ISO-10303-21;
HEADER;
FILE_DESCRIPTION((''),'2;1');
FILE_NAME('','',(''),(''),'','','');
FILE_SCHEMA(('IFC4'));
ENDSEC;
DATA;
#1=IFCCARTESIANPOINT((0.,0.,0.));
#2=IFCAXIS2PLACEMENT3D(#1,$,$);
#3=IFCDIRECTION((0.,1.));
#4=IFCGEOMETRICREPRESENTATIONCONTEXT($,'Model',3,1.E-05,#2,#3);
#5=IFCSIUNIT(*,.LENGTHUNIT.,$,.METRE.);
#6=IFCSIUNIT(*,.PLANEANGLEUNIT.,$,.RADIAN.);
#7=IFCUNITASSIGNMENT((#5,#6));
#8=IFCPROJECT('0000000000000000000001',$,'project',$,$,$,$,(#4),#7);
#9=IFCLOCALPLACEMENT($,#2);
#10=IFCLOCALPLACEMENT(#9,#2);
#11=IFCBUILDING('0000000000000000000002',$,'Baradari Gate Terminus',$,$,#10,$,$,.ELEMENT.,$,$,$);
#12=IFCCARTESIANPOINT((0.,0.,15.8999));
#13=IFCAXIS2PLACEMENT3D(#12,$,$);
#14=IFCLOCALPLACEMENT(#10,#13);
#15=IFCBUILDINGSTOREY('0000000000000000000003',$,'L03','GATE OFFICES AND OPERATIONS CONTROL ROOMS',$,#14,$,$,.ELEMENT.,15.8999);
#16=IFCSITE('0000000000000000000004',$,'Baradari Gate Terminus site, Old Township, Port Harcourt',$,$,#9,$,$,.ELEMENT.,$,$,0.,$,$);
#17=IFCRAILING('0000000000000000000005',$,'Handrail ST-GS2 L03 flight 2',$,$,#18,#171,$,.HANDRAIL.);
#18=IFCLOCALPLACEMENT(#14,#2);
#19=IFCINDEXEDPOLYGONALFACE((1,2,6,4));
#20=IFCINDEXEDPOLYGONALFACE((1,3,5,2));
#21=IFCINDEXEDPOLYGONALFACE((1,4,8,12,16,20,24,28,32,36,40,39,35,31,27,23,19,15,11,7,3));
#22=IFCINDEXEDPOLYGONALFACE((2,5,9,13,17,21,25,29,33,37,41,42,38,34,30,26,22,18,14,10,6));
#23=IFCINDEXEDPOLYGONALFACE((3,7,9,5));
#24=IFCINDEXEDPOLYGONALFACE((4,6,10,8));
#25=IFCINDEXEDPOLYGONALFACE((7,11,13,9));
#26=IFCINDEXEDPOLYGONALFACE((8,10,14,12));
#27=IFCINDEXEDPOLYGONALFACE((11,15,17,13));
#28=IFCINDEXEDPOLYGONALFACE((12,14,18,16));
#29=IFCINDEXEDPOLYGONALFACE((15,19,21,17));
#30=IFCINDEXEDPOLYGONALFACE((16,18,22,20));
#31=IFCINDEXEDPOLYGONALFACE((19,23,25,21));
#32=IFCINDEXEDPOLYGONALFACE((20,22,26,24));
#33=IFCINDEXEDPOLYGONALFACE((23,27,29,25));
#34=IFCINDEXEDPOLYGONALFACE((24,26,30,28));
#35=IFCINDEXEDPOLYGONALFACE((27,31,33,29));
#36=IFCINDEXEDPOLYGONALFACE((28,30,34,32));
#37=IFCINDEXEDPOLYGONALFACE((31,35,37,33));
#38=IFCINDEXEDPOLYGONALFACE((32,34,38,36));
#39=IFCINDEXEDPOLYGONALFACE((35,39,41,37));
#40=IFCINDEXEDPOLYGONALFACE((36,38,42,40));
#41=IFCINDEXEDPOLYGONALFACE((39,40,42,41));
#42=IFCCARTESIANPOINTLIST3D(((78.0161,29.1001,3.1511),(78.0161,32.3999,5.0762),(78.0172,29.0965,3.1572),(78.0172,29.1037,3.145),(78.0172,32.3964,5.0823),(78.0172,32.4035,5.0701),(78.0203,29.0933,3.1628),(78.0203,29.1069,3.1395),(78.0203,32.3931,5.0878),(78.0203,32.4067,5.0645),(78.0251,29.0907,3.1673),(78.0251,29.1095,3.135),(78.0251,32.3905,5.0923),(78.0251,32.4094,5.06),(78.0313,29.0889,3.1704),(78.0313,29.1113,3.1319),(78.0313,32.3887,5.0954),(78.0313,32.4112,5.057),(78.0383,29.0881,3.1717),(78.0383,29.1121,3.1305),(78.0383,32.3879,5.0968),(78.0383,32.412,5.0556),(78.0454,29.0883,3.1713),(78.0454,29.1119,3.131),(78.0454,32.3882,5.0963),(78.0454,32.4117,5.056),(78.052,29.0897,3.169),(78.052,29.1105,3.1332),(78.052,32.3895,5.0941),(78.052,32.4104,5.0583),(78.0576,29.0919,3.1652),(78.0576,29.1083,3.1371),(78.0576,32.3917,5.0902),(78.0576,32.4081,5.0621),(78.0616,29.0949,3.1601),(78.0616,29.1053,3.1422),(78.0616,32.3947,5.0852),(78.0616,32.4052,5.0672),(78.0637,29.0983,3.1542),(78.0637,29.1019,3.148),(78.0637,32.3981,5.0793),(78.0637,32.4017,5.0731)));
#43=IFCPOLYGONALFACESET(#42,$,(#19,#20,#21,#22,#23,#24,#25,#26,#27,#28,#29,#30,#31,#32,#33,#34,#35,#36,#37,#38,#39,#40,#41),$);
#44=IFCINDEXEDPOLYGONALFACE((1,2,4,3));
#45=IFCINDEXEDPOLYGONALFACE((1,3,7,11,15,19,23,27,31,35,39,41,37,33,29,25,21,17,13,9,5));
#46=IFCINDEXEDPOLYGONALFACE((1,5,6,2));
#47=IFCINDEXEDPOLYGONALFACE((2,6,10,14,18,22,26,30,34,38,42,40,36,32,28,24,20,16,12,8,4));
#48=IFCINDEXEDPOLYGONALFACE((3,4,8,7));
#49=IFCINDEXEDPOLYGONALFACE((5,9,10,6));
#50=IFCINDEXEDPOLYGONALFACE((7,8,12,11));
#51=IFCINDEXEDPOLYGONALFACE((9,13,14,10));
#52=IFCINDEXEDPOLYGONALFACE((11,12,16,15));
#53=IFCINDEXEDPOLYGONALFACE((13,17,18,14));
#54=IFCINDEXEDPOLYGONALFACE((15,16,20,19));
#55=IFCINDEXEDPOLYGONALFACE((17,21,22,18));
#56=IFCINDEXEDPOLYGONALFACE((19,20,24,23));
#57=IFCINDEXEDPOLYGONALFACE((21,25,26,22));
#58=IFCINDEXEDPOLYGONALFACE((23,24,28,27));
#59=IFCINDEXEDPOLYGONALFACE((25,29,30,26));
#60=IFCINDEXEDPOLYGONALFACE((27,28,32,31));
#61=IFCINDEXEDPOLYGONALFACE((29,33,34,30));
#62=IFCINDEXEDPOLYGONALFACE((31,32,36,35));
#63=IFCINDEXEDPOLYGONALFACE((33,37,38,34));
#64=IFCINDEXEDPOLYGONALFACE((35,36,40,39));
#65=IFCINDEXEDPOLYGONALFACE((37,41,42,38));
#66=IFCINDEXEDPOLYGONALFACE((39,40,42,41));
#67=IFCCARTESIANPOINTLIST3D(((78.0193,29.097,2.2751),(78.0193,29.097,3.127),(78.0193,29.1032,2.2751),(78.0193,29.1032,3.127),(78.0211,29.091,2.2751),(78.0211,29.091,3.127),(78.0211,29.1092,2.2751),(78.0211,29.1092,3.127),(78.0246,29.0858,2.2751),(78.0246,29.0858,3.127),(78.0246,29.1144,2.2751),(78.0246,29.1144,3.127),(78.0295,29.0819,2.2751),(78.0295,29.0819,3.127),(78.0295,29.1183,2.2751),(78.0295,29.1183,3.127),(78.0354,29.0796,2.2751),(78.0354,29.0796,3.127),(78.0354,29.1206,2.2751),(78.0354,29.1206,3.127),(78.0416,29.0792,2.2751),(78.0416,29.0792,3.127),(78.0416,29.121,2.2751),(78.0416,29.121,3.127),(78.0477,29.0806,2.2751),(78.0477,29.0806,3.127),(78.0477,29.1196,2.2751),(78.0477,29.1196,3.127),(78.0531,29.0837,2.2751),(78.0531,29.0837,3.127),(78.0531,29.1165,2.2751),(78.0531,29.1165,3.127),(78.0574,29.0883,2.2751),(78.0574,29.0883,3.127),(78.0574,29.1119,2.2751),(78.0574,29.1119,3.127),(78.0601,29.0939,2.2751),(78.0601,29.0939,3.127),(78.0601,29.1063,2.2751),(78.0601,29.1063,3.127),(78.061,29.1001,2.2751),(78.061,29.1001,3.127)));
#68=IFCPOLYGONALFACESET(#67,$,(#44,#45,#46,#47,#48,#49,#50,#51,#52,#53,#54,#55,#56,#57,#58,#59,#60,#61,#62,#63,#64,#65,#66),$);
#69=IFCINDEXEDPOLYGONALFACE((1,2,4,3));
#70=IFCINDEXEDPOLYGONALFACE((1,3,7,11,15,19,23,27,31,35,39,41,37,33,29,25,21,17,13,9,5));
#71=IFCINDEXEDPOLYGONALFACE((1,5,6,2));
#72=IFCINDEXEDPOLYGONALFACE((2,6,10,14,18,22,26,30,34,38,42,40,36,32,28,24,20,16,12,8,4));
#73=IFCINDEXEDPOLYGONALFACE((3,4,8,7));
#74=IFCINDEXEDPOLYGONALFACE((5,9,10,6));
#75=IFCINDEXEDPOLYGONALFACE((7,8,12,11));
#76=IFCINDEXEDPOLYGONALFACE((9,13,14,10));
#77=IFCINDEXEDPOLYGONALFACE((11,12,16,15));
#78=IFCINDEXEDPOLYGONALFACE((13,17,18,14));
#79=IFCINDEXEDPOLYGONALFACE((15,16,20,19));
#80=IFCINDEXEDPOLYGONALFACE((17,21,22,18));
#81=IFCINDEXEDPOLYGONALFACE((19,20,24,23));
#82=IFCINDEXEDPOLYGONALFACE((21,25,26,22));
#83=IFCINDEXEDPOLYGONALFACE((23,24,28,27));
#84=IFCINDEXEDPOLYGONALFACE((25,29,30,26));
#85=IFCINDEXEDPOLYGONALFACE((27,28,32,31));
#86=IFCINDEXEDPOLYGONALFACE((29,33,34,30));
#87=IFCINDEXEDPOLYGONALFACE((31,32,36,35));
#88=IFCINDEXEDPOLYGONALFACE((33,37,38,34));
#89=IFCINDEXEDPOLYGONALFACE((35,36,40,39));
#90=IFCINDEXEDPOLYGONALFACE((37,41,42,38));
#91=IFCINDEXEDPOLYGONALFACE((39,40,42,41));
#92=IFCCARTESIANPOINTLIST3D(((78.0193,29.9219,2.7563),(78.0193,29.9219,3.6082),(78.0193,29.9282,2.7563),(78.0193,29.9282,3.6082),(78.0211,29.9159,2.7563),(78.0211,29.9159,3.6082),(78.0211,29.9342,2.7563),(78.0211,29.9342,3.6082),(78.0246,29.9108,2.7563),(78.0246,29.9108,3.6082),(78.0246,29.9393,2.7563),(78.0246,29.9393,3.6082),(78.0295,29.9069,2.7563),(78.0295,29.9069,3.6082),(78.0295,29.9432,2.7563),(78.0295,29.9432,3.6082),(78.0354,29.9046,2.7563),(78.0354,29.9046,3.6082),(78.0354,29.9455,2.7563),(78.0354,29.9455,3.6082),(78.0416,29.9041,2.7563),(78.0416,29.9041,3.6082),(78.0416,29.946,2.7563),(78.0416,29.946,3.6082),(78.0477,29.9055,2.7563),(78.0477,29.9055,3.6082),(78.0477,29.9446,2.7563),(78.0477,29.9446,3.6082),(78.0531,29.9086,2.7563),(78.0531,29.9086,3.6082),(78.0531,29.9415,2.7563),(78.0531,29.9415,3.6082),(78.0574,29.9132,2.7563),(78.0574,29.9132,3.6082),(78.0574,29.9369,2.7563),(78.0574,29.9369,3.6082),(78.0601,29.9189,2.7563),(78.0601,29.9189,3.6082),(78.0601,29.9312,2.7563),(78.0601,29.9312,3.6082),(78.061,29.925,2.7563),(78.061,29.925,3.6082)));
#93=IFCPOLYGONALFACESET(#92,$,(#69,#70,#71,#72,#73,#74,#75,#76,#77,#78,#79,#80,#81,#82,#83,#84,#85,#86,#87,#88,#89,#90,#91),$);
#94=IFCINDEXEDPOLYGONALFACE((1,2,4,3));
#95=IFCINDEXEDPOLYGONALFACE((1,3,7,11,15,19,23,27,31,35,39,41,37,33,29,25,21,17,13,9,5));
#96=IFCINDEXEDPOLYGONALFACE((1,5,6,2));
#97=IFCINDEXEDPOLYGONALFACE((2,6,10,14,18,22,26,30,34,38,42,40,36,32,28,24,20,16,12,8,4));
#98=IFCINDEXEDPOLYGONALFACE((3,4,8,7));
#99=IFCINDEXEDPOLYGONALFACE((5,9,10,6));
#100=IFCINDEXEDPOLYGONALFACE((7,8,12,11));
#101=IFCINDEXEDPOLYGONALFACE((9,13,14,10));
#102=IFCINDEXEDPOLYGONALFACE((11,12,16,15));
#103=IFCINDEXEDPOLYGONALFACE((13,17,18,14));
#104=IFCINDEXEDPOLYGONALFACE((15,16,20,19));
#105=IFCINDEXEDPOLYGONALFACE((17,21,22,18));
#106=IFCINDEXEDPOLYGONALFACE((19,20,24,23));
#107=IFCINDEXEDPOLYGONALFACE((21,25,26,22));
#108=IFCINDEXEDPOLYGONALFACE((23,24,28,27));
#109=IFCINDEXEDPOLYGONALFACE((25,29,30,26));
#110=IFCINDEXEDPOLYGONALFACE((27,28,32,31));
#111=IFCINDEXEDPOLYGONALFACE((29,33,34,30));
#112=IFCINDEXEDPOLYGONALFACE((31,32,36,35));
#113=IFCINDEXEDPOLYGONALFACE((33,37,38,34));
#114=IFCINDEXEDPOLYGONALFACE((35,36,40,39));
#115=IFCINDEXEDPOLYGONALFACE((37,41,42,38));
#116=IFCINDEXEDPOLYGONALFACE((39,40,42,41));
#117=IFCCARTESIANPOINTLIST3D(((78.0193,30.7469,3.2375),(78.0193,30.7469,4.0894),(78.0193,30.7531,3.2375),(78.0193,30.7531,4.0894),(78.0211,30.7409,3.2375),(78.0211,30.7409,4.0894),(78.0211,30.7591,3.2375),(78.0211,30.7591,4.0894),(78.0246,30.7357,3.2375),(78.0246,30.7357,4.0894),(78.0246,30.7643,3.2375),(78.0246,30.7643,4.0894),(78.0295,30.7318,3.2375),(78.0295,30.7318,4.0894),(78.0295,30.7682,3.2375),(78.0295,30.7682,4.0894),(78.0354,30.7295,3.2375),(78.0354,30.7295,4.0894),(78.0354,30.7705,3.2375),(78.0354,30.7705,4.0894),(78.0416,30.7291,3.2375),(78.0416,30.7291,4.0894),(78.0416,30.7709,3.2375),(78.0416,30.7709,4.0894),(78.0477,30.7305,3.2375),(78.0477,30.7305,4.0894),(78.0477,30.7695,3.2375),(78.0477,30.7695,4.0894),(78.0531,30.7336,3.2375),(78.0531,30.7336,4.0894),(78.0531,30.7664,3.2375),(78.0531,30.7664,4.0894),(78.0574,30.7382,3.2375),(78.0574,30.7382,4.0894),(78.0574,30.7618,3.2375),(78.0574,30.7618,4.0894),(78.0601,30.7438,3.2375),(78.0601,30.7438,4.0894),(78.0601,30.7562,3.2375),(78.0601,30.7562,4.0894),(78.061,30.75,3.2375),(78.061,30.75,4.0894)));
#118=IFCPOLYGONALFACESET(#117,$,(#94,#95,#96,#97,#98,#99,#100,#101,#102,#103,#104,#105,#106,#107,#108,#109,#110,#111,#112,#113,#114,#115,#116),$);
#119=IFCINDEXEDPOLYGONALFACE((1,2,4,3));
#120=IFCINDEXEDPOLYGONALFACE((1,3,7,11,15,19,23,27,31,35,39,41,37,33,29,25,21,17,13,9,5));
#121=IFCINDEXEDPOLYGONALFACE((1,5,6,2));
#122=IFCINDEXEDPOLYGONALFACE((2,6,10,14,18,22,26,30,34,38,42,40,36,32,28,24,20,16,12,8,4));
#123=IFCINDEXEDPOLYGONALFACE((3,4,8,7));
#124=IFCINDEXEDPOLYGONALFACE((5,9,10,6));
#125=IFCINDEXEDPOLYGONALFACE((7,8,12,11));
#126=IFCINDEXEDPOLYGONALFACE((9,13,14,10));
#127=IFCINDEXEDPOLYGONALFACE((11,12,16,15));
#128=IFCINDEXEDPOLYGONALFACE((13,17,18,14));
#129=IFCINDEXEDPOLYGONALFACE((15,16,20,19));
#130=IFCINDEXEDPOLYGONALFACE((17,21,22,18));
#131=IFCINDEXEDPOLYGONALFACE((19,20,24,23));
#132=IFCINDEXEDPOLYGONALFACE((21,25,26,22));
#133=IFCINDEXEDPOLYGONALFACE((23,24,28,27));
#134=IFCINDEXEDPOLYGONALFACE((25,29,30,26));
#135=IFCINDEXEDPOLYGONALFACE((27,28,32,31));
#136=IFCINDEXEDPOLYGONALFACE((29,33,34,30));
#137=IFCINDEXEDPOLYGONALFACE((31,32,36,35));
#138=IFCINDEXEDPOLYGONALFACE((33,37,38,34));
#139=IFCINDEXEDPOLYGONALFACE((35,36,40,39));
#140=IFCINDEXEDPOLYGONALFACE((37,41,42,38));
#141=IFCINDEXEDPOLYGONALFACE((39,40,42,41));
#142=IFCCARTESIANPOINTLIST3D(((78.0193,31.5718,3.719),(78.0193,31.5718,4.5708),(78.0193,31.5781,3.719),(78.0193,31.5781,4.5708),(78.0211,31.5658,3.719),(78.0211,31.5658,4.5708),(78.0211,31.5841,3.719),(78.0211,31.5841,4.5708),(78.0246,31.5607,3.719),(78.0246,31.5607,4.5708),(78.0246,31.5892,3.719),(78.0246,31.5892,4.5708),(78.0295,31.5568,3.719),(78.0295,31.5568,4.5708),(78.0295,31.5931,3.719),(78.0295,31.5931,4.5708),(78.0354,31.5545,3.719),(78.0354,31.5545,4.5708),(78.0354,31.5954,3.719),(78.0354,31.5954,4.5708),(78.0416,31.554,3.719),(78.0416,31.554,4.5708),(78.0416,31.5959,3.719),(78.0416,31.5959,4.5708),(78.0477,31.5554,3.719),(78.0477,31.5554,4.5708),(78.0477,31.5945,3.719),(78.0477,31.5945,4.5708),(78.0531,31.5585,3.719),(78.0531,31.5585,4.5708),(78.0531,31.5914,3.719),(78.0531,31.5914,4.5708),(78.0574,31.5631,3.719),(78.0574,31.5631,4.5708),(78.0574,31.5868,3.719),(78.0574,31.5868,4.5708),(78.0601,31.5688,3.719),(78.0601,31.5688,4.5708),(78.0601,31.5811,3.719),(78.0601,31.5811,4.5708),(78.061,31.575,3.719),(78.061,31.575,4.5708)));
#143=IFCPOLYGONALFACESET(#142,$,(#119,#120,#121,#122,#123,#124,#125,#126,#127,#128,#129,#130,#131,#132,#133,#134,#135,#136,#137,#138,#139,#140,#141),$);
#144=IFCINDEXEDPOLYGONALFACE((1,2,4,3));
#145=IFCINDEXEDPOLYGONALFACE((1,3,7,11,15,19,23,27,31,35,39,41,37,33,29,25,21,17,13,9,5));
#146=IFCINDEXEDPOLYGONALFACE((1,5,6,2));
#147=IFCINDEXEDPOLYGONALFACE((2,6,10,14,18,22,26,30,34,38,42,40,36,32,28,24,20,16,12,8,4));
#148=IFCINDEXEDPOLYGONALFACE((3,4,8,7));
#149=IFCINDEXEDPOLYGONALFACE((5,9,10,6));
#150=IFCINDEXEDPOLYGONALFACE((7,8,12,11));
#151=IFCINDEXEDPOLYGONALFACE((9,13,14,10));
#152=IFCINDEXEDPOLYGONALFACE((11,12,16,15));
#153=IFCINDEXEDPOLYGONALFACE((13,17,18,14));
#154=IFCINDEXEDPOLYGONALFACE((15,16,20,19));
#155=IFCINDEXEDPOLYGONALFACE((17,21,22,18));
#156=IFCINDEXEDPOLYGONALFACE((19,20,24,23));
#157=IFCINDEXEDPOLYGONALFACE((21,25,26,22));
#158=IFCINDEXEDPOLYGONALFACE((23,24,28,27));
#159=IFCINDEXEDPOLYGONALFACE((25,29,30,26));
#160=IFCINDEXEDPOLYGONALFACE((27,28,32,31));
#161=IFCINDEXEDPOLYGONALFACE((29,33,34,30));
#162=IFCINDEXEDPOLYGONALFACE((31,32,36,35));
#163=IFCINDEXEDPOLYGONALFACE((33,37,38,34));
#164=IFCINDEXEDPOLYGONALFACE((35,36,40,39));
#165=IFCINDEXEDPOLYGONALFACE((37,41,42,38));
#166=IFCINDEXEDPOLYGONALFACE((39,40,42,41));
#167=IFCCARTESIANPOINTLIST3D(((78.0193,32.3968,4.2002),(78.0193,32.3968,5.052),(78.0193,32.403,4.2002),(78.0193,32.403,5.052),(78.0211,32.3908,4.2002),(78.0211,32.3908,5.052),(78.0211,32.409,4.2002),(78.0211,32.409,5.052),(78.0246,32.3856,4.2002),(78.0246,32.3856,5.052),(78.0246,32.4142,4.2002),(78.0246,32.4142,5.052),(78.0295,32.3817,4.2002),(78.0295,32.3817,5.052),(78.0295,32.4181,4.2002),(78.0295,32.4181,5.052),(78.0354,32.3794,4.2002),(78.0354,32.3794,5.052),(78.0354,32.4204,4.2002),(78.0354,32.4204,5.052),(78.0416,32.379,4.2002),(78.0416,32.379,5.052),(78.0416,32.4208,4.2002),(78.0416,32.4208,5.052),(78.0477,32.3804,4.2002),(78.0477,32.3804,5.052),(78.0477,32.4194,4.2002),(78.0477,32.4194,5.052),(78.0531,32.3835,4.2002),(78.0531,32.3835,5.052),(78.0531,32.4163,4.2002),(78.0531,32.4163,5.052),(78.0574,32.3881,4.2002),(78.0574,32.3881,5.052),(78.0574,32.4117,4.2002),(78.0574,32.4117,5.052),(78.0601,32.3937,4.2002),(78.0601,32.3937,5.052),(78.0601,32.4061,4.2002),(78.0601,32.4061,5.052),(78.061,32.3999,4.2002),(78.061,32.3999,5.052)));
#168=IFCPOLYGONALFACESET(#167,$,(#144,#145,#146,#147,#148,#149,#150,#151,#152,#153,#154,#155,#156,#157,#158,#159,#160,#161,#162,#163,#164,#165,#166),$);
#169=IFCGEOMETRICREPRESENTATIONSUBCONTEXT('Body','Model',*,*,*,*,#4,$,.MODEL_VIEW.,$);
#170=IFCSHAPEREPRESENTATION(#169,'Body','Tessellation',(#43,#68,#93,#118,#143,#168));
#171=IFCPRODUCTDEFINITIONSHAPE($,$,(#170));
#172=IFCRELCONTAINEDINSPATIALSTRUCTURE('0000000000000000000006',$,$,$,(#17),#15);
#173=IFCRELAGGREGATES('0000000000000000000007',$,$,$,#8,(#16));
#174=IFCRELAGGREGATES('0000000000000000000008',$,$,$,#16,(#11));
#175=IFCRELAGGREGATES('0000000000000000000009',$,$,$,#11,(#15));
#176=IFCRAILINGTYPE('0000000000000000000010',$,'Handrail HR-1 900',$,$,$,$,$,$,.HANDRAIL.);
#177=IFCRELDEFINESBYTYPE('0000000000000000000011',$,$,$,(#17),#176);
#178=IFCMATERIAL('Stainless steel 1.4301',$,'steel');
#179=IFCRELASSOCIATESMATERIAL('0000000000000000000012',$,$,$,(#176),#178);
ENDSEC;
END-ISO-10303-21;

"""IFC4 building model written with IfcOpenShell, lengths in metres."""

from ifc_helpers import new_model, si_unit, direction, frame, origin, origin_2d, place, context, subcontext, project, spatial, circle, extrude, material, type_object, element, save


model = new_model("IFC4")

# Units and contexts
model_context = context("Model", 3, precision=1e-05, world=origin(), true_north=direction((0.0, 1.0)))
body_context = subcontext(model_context, "Body", "Model", "MODEL_VIEW")
ifc_project = project(units=[si_unit("LENGTHUNIT", "METRE"), si_unit("PLANEANGLEUNIT", "RADIAN")], contexts=[model_context])

# Site, building, storey
site_placement = place(None, origin())
site = spatial("IfcSite", under=ifc_project, at=site_placement, Name="Baradari Gate Terminus site, Old Township, Port Harcourt", CompositionType="ELEMENT", RefElevation=0.0)
building_placement = place(site_placement, origin())
building = spatial("IfcBuilding", under=site, at=building_placement, Name="Baradari Gate Terminus", CompositionType="ELEMENT")
storey_placement = place(building_placement, frame((0.0, 0.0, 15.8999)))
storey = spatial("IfcBuildingStorey", under=building, at=storey_placement, Name="L03", Description="GATE OFFICES AND OPERATIONS CONTROL ROOMS", CompositionType="ELEMENT", Elevation=15.8999)

# Railing
ifc_material_1 = material(Name="Stainless steel 1.4301", Category="steel")
railing_type = type_object("IfcRailingType", Name="Handrail HR-1 900", PredefinedType="HANDRAIL", material=ifc_material_1)
for number, where, name in (
    (1, (78.04, 29.1001, 2.2751), "Handrail ST-GS2 L03 flight 2"),
):
    element("IfcRailing", number, at=place(storey_placement, frame(where)), inside=storey, type_object=railing_type, Name=name, PredefinedType="HANDRAIL", context=body_context, shape_type="SweptSolid", body=[
        extrude(circle(Radius=0.0239, at=origin_2d()), frame((0.0, 0.0, 0.876), z_axis=(0.0, 0.86376, 0.503903), x_axis=(-1.0, 0.0, 0.0)), (0.0, 0.0, 1.0), 3.8203),
        extrude(circle(Radius=0.021, at=origin_2d()), origin(), (0.0, 0.0, 1.0), 0.8518),
        extrude(circle(Radius=0.021, at=origin_2d()), frame((0.0, 0.825, 0.4812)), (0.0, 0.0, 1.0), 0.8518),
        extrude(circle(Radius=0.021, at=origin_2d()), frame((0.0, 1.6499, 0.9624)), (0.0, 0.0, 1.0), 0.8518),
        extrude(circle(Radius=0.021, at=origin_2d()), frame((0.0, 2.4749, 1.4438)), (0.0, 0.0, 1.0), 0.8518),
        extrude(circle(Radius=0.021, at=origin_2d()), frame((0.0, 3.2998, 1.925)), (0.0, 0.0, 1.0), 0.8518),
    ])

save(model, "model.ifc")
